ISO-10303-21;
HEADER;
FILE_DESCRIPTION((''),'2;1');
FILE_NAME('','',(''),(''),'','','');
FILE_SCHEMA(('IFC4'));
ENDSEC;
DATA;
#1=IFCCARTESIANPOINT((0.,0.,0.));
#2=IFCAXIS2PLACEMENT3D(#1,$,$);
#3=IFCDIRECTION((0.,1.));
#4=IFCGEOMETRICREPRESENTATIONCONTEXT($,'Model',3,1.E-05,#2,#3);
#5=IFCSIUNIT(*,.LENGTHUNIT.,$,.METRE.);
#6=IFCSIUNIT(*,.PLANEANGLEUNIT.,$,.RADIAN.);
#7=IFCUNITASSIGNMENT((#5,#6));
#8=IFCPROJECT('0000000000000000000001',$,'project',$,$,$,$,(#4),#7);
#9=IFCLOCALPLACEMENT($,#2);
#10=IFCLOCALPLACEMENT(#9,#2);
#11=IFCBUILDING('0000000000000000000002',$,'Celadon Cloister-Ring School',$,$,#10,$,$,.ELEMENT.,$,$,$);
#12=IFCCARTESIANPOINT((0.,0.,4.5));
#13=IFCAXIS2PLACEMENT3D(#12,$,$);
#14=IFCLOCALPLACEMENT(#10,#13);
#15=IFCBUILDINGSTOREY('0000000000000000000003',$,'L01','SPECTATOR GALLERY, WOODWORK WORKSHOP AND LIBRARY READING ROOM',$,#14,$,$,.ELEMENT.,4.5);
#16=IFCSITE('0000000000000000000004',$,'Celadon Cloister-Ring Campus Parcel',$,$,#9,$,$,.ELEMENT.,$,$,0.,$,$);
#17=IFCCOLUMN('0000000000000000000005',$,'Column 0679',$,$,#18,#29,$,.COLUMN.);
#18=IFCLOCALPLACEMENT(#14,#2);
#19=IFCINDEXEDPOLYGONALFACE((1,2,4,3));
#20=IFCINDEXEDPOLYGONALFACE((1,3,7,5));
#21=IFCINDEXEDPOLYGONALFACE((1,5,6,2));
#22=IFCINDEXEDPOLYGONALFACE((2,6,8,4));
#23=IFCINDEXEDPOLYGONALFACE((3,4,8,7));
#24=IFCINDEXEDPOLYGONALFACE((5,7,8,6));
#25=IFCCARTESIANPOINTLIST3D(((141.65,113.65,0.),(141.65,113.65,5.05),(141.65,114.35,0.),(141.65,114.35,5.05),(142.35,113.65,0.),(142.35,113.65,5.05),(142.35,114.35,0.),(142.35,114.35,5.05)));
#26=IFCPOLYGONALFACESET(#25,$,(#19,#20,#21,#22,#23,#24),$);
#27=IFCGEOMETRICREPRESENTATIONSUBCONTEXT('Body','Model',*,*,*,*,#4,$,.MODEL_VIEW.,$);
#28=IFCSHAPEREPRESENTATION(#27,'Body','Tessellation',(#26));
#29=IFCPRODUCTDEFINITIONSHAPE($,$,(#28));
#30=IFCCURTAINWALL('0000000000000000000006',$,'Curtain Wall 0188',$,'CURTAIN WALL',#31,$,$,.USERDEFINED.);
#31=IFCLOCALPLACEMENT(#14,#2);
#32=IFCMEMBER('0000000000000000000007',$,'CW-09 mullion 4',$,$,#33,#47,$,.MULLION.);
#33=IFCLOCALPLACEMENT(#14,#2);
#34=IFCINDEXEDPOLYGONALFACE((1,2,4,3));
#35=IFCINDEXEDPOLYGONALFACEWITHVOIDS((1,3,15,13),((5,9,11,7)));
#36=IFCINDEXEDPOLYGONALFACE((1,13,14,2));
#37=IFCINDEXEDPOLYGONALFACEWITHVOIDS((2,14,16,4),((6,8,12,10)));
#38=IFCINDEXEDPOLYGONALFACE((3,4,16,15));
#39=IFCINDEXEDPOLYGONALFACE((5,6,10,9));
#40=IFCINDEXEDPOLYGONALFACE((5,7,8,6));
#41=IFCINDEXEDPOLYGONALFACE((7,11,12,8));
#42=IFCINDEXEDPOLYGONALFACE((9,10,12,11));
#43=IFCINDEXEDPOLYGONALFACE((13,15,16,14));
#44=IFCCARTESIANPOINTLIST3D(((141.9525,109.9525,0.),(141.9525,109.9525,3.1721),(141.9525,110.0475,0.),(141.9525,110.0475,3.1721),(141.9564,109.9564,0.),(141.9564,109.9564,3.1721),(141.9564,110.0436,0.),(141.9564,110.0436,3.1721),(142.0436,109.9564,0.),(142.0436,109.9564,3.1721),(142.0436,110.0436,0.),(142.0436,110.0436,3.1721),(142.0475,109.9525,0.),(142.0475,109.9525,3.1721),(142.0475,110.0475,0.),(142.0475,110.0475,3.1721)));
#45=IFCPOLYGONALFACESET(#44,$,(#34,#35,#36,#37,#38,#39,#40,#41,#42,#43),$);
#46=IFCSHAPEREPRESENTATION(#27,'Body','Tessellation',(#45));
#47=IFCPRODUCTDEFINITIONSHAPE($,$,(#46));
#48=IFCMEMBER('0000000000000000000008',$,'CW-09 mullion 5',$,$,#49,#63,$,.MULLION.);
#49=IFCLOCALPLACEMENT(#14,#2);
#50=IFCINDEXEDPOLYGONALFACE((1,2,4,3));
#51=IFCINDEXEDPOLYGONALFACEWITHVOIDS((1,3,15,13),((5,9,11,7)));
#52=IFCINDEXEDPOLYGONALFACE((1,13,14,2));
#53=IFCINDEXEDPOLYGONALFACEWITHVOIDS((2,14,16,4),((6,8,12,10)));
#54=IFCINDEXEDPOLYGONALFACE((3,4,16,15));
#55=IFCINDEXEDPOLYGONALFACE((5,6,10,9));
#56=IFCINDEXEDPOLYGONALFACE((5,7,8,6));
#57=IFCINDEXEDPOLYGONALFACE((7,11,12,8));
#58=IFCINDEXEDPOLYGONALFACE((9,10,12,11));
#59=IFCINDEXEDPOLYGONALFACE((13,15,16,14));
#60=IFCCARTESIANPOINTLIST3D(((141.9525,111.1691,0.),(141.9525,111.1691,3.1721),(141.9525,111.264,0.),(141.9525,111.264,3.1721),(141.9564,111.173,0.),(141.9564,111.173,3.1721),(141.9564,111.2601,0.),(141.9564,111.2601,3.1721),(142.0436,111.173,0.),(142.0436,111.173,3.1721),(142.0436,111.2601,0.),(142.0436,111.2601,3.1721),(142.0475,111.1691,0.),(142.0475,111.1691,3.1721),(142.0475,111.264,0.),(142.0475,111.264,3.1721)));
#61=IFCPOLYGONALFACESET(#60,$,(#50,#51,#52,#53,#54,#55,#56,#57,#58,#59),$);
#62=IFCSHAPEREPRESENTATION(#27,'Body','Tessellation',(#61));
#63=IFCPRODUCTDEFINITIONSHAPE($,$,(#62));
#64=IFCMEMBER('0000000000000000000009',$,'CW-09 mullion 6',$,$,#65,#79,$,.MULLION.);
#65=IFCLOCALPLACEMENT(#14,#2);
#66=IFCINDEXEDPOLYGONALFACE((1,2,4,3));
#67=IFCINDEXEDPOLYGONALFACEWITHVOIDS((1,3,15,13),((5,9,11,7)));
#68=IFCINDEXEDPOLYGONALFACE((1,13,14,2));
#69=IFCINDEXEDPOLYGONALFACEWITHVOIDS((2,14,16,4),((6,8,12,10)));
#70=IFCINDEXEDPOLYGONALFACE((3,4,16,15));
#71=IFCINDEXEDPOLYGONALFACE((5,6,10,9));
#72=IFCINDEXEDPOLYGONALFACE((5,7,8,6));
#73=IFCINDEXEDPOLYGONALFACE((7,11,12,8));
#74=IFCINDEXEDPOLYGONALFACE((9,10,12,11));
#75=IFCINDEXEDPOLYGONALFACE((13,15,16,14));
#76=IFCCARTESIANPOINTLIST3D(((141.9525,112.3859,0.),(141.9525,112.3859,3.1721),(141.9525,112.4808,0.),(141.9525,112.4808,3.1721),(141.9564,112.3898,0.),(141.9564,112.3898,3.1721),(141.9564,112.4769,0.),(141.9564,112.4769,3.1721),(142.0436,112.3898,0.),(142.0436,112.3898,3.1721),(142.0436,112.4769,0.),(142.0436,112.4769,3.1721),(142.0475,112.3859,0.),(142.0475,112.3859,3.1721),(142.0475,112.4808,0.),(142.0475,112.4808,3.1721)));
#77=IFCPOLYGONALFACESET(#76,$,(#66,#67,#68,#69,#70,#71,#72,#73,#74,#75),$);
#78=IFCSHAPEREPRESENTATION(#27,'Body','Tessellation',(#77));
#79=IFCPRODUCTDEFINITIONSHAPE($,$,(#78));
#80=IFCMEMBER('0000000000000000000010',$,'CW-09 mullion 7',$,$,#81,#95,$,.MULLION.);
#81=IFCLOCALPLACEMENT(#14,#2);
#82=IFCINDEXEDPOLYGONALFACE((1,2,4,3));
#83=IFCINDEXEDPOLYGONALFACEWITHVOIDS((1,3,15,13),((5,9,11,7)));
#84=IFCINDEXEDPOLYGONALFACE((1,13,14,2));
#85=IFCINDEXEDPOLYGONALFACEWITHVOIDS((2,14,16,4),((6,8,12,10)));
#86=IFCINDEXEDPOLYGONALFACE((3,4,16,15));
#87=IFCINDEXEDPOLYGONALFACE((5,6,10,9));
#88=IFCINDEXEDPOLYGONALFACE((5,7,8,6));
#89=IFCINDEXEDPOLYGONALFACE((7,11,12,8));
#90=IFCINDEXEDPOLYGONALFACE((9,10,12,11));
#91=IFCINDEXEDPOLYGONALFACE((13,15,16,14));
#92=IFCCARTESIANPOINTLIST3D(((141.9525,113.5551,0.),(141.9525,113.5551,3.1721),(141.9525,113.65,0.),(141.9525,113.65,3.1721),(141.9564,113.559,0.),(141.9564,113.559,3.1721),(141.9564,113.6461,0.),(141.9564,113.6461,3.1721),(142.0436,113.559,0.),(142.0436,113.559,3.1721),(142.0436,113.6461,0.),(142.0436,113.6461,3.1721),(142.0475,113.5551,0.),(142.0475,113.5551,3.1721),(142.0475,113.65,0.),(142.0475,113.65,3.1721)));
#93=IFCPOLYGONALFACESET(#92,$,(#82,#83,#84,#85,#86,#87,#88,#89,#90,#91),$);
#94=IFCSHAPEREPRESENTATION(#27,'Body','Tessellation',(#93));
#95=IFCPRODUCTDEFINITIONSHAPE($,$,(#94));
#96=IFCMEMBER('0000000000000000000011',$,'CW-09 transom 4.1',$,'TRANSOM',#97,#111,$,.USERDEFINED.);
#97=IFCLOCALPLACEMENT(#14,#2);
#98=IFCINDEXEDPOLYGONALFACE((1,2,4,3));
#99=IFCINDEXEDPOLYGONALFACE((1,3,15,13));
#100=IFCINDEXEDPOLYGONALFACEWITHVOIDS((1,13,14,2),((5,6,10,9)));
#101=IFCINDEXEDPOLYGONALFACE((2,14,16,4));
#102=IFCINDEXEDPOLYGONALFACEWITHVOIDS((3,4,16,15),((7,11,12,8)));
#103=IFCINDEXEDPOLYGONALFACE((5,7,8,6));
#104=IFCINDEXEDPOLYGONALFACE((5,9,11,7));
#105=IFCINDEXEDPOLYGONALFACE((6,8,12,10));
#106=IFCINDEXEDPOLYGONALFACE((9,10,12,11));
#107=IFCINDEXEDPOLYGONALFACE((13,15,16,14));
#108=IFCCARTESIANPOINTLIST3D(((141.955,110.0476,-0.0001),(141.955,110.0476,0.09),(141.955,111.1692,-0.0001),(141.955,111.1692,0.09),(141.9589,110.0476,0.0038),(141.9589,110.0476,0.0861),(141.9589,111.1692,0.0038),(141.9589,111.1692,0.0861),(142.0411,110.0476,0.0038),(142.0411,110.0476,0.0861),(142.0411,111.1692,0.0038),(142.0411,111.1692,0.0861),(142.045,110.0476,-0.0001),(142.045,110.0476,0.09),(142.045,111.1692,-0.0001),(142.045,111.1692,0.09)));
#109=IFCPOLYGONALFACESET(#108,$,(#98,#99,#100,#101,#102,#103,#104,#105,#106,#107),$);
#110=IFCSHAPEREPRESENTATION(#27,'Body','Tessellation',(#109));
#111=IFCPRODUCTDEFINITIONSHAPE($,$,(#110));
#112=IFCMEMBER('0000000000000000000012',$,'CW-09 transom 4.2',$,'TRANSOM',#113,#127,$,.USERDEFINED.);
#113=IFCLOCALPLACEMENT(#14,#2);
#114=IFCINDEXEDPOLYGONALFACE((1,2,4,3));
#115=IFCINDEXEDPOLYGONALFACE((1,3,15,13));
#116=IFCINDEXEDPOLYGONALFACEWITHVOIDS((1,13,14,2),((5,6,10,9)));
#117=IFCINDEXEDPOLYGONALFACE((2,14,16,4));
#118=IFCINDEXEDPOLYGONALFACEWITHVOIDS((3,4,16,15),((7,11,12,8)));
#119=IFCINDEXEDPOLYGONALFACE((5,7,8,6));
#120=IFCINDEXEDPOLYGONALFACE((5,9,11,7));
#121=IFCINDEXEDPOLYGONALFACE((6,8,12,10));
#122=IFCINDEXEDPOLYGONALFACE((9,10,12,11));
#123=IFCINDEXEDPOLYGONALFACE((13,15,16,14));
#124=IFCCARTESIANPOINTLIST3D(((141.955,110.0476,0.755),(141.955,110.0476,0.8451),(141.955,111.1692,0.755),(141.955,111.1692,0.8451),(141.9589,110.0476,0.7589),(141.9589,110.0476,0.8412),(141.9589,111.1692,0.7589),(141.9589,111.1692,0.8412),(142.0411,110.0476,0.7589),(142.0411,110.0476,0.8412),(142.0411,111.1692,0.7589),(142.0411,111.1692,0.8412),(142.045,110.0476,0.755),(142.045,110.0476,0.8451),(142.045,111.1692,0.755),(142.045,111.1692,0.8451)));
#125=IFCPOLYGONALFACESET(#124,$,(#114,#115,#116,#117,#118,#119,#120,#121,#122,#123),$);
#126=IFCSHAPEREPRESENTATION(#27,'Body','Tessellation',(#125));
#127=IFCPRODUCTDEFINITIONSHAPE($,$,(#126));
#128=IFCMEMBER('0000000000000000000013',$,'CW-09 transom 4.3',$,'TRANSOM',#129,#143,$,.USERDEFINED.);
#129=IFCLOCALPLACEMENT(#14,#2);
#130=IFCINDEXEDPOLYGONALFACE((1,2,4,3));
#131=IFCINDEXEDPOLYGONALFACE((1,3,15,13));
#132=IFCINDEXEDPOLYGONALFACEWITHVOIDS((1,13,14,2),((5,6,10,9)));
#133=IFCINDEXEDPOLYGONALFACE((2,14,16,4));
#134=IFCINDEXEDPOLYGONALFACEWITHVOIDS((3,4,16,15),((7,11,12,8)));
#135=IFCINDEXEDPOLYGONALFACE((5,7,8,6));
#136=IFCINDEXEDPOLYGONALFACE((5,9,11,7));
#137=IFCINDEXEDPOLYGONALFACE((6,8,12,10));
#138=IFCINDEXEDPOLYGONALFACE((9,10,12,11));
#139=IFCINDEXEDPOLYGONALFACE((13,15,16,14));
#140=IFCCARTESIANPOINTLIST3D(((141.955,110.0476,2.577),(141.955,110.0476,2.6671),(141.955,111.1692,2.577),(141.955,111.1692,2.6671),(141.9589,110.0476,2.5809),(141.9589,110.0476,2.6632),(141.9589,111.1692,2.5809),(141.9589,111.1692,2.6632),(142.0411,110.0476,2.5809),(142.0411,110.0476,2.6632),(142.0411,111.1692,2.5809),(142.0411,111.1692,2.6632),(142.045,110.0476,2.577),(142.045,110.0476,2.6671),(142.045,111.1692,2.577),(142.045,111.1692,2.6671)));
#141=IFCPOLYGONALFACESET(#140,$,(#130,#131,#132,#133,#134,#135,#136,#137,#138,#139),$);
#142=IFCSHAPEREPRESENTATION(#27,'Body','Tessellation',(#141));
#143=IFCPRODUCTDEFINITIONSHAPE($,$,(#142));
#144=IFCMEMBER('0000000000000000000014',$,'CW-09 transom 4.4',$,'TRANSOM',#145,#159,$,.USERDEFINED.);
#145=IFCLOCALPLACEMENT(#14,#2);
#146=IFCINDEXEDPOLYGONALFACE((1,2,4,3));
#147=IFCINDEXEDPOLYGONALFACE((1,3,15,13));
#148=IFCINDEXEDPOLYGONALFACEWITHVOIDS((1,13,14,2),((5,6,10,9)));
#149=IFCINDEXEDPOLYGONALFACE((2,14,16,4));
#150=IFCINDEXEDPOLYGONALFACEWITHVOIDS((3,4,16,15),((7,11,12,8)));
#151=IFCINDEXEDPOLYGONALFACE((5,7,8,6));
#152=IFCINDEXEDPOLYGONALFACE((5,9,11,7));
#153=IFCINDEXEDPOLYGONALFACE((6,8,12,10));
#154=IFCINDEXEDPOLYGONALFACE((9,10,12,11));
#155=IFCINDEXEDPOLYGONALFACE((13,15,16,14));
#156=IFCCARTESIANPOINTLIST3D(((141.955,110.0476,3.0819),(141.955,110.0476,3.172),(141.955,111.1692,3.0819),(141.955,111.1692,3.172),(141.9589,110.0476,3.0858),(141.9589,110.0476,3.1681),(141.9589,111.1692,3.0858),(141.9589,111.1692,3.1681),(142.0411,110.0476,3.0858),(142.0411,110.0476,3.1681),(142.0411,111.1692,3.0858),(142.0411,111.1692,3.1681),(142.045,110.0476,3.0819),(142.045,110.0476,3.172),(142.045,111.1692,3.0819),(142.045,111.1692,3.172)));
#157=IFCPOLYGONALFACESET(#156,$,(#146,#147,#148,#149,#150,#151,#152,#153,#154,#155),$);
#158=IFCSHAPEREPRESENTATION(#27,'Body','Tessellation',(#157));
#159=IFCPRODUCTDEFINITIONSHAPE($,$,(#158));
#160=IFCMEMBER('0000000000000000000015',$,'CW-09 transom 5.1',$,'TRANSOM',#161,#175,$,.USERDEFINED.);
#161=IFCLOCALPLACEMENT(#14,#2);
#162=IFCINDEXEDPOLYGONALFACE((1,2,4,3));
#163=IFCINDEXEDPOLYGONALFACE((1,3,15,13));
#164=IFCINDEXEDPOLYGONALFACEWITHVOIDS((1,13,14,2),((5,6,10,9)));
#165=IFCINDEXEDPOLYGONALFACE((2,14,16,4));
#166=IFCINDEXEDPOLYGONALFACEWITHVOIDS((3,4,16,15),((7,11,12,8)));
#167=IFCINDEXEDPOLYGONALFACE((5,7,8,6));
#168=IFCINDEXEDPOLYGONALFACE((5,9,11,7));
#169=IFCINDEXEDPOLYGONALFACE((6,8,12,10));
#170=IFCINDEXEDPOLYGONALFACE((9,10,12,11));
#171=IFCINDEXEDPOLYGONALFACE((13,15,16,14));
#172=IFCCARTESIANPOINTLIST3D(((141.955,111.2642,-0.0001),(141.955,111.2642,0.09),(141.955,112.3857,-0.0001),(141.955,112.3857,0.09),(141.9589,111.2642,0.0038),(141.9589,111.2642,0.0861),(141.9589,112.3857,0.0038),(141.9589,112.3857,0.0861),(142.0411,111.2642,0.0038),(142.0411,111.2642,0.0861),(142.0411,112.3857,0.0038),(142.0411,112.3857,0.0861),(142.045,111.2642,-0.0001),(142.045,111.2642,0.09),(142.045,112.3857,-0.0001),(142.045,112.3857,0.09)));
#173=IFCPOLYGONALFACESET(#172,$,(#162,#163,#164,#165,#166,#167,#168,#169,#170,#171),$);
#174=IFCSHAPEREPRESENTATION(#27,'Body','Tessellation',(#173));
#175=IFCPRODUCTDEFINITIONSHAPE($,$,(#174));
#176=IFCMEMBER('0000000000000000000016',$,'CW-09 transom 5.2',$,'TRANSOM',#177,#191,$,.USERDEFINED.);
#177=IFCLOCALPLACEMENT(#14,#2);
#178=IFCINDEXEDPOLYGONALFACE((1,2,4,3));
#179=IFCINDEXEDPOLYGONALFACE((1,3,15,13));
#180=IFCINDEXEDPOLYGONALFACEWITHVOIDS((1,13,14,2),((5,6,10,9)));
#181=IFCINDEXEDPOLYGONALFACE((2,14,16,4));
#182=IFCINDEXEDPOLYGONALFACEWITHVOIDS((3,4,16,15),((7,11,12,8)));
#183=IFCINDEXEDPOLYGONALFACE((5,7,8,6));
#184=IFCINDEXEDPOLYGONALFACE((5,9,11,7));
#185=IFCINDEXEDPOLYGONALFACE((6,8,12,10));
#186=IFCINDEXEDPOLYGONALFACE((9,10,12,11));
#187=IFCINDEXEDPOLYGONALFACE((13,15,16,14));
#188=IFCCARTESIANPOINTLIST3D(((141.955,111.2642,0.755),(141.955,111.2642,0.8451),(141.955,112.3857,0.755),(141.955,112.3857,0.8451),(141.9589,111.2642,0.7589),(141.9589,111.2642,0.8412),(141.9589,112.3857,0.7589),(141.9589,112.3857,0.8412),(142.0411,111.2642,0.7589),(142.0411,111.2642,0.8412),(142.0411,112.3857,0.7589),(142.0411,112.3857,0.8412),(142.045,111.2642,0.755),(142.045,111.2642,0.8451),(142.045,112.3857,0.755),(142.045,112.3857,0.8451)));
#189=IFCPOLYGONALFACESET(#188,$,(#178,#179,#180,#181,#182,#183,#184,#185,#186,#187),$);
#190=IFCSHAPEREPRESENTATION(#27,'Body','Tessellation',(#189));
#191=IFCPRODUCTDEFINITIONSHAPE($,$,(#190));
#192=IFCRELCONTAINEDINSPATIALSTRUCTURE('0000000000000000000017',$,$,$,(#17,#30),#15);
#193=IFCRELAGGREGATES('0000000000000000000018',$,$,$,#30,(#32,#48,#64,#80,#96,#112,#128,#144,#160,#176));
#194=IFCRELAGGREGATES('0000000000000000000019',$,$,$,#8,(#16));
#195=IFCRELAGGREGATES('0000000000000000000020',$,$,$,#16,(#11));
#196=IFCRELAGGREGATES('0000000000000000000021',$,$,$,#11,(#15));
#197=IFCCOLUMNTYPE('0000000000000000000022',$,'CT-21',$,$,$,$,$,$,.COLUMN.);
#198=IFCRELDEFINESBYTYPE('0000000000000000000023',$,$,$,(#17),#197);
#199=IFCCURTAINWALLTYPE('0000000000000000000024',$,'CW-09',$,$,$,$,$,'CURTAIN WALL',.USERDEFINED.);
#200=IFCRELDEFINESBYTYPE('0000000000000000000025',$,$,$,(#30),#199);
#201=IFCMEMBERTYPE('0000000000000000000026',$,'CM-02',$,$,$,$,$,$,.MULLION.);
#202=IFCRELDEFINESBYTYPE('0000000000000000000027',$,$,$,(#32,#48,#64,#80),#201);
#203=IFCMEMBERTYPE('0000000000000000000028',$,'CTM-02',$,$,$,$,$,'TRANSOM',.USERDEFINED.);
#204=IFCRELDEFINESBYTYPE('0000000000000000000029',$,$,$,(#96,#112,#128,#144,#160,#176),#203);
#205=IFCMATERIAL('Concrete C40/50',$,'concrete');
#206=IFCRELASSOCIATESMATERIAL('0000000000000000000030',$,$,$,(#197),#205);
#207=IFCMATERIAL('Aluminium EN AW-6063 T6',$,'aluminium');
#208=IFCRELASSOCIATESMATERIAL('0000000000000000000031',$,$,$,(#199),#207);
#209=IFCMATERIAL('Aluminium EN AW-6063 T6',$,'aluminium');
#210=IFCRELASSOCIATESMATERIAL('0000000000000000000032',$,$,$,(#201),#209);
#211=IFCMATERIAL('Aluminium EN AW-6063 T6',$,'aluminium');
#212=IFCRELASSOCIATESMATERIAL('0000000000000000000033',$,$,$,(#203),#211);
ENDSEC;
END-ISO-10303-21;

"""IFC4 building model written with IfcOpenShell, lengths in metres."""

from ifc_helpers import new_model, si_unit, direction, frame, origin, origin_2d, place, context, subcontext, project, spatial, rectangle, hollow_rectangle, extrude, material, material_profile, profile_set, type_object, element, aggregate, save


model = new_model("IFC4")

# Units and contexts
model_context = context("Model", 3, precision=1e-05, world=origin(), true_north=direction((0.0, 1.0)))
body_context = subcontext(model_context, "Body", "Model", "MODEL_VIEW")
ifc_project = project(units=[si_unit("LENGTHUNIT", "METRE"), si_unit("PLANEANGLEUNIT", "RADIAN")], contexts=[model_context])

# Site, building, storey
site_placement = place(None, origin())
site = spatial("IfcSite", under=ifc_project, at=site_placement, Name="Celadon Cloister-Ring Campus Parcel", CompositionType="ELEMENT", RefElevation=0.0)
building_placement = place(site_placement, origin())
building = spatial("IfcBuilding", under=site, at=building_placement, Name="Celadon Cloister-Ring School", CompositionType="ELEMENT")
storey_placement = place(building_placement, frame((0.0, 0.0, 4.5)))
storey = spatial("IfcBuildingStorey", under=building, at=storey_placement, Name="L01", Description="SPECTATOR GALLERY, WOODWORK WORKSHOP AND LIBRARY READING ROOM", CompositionType="ELEMENT", Elevation=4.5)

# Column
ifc_material_1 = material(Name="Concrete C40/50", Category="concrete")
ifc_material_profile_1 = material_profile(ifc_material_1, rectangle(XDim=0.7, YDim=0.7, at=origin_2d()), Name="RC700X700")
ifc_profile_set_1 = profile_set([ifc_material_profile_1], Name="Concrete C40/50")
column_type = type_object("IfcColumnType", Name="CT-21", PredefinedType="COLUMN", material=ifc_profile_set_1)
column_placement = place(storey_placement, frame((142.0, 114.0, 0.0), z_axis=(0.0, 0.0, 1.0), x_axis=(1.0, 0.0, 0.0)))
element("IfcColumn", 1, at=column_placement, inside=storey, type_object=column_type, Name="Column 0679", PredefinedType="COLUMN", context=body_context, shape_type="SweptSolid", body=[
    extrude(rectangle(XDim=0.7, YDim=0.7, at=origin_2d()), origin(), (0.0, 0.0, 1.0), 5.05),
])

# Curtain wall, members
ifc_material_2 = material(Name="Aluminium EN AW-6063 T6", Category="aluminium")
curtain_wall_type = type_object("IfcCurtainWallType", Name="CW-09", ElementType="CURTAIN WALL", PredefinedType="USERDEFINED", material=ifc_material_2)
curtain_wall_placement = place(storey_placement, origin())
curtain_wall = element("IfcCurtainWall", 2, at=curtain_wall_placement, inside=storey, type_object=curtain_wall_type, Name="Curtain Wall 0188", ObjectType="CURTAIN WALL", PredefinedType="USERDEFINED")
ifc_material_3 = material(Name="Aluminium EN AW-6063 T6", Category="aluminium")
ifc_material_profile_2 = material_profile(ifc_material_3, hollow_rectangle(XDim=0.095, YDim=0.095, WallThickness=0.0039, at=origin_2d()), Name="RHS95X95X4")
ifc_profile_set_2 = profile_set([ifc_material_profile_2], Name="Aluminium EN AW-6063 T6")
member_type_1 = type_object("IfcMemberType", Name="CM-02", PredefinedType="MULLION", material=ifc_profile_set_2)
member_1_placement = place(storey_placement, frame((142.0, 110.0, 0.0), z_axis=(0.0, 0.0, 1.0), x_axis=(-1.0, 0.0, 0.0)))
member_1 = element("IfcMember", 3, at=member_1_placement, type_object=member_type_1, Name="CW-09 mullion 4", PredefinedType="MULLION", context=body_context, shape_type="SweptSolid", body=[
    extrude(hollow_rectangle(XDim=0.095, YDim=0.095, WallThickness=0.0039, at=origin_2d()), origin(), (0.0, 0.0, 1.0), 3.1721),
])
member_2_placement = place(storey_placement, frame((142.0, 111.2166, 0.0), z_axis=(0.0, 0.0, 1.0), x_axis=(-1.0, 0.0, 0.0)))
member_2 = element("IfcMember", 4, at=member_2_placement, type_object=member_type_1, Name="CW-09 mullion 5", PredefinedType="MULLION", context=body_context, shape_type="SweptSolid", body=[
    extrude(hollow_rectangle(XDim=0.095, YDim=0.095, WallThickness=0.0039, at=origin_2d()), origin(), (0.0, 0.0, 1.0), 3.1721),
])
member_3_placement = place(storey_placement, frame((142.0, 112.4333, 0.0), z_axis=(0.0, 0.0, 1.0), x_axis=(-1.0, 0.0, 0.0)))
member_3 = element("IfcMember", 5, at=member_3_placement, type_object=member_type_1, Name="CW-09 mullion 6", PredefinedType="MULLION", context=body_context, shape_type="SweptSolid", body=[
    extrude(hollow_rectangle(XDim=0.095, YDim=0.095, WallThickness=0.0039, at=origin_2d()), origin(), (0.0, 0.0, 1.0), 3.1721),
])
member_4_placement = place(storey_placement, frame((142.0, 113.6025, 0.0), z_axis=(0.0, 0.0, 1.0), x_axis=(-1.0, 0.0, 0.0)))
member_4 = element("IfcMember", 6, at=member_4_placement, type_object=member_type_1, Name="CW-09 mullion 7", PredefinedType="MULLION", context=body_context, shape_type="SweptSolid", body=[
    extrude(hollow_rectangle(XDim=0.095, YDim=0.095, WallThickness=0.0039, at=origin_2d()), origin(), (0.0, 0.0, 1.0), 3.1721),
])
ifc_material_4 = material(Name="Aluminium EN AW-6063 T6", Category="aluminium")
ifc_material_profile_3 = material_profile(ifc_material_4, hollow_rectangle(XDim=0.0901, YDim=0.0901, WallThickness=0.0039, at=origin_2d()), Name="RHS90X90X4")
ifc_profile_set_3 = profile_set([ifc_material_profile_3], Name="Aluminium EN AW-6063 T6")
member_type_2 = type_object("IfcMemberType", Name="CTM-02", ElementType="TRANSOM", PredefinedType="USERDEFINED", material=ifc_profile_set_3)
member_5_placement = place(storey_placement, frame((142.0, 110.0476, 0.0449), z_axis=(0.0, 1.0, 0.0), x_axis=(-1.0, 0.0, 0.0)))
member_5 = element("IfcMember", 7, at=member_5_placement, type_object=member_type_2, Name="CW-09 transom 4.1", ObjectType="TRANSOM", PredefinedType="USERDEFINED", context=body_context, shape_type="SweptSolid", body=[
    extrude(hollow_rectangle(XDim=0.0901, YDim=0.0901, WallThickness=0.0039, at=origin_2d()), origin(), (0.0, 0.0, 1.0), 1.1216),
])
member_6_placement = place(storey_placement, frame((142.0, 110.0476, 0.8), z_axis=(0.0, 1.0, 0.0), x_axis=(-1.0, 0.0, 0.0)))
member_6 = element("IfcMember", 8, at=member_6_placement, type_object=member_type_2, Name="CW-09 transom 4.2", ObjectType="TRANSOM", PredefinedType="USERDEFINED", context=body_context, shape_type="SweptSolid", body=[
    extrude(hollow_rectangle(XDim=0.0901, YDim=0.0901, WallThickness=0.0039, at=origin_2d()), origin(), (0.0, 0.0, 1.0), 1.1216),
])
member_7_placement = place(storey_placement, frame((142.0, 110.0476, 2.6221), z_axis=(0.0, 1.0, 0.0), x_axis=(-1.0, 0.0, 0.0)))
member_7 = element("IfcMember", 9, at=member_7_placement, type_object=member_type_2, Name="CW-09 transom 4.3", ObjectType="TRANSOM", PredefinedType="USERDEFINED", context=body_context, shape_type="SweptSolid", body=[
    extrude(hollow_rectangle(XDim=0.0901, YDim=0.0901, WallThickness=0.0039, at=origin_2d()), origin(), (0.0, 0.0, 1.0), 1.1216),
])
member_8_placement = place(storey_placement, frame((142.0, 110.0476, 3.127), z_axis=(0.0, 1.0, 0.0), x_axis=(-1.0, 0.0, 0.0)))
member_8 = element("IfcMember", 10, at=member_8_placement, type_object=member_type_2, Name="CW-09 transom 4.4", ObjectType="TRANSOM", PredefinedType="USERDEFINED", context=body_context, shape_type="SweptSolid", body=[
    extrude(hollow_rectangle(XDim=0.0901, YDim=0.0901, WallThickness=0.0039, at=origin_2d()), origin(), (0.0, 0.0, 1.0), 1.1216),
])
member_9_placement = place(storey_placement, frame((142.0, 111.2642, 0.0449), z_axis=(0.0, 1.0, 0.0), x_axis=(-1.0, 0.0, 0.0)))
member_9 = element("IfcMember", 11, at=member_9_placement, type_object=member_type_2, Name="CW-09 transom 5.1", ObjectType="TRANSOM", PredefinedType="USERDEFINED", context=body_context, shape_type="SweptSolid", body=[
    extrude(hollow_rectangle(XDim=0.0901, YDim=0.0901, WallThickness=0.0039, at=origin_2d()), origin(), (0.0, 0.0, 1.0), 1.1216),
])
member_10_placement = place(storey_placement, frame((142.0, 111.2642, 0.8), z_axis=(0.0, 1.0, 0.0), x_axis=(-1.0, 0.0, 0.0)))
member_10 = element("IfcMember", 12, at=member_10_placement, type_object=member_type_2, Name="CW-09 transom 5.2", ObjectType="TRANSOM", PredefinedType="USERDEFINED", context=body_context, shape_type="SweptSolid", body=[
    extrude(hollow_rectangle(XDim=0.0901, YDim=0.0901, WallThickness=0.0039, at=origin_2d()), origin(), (0.0, 0.0, 1.0), 1.1216),
])

aggregate(curtain_wall, [member_1, member_2, member_3, member_4, member_5, member_6, member_7, member_8, member_9, member_10])

save(model, "model.ifc")
